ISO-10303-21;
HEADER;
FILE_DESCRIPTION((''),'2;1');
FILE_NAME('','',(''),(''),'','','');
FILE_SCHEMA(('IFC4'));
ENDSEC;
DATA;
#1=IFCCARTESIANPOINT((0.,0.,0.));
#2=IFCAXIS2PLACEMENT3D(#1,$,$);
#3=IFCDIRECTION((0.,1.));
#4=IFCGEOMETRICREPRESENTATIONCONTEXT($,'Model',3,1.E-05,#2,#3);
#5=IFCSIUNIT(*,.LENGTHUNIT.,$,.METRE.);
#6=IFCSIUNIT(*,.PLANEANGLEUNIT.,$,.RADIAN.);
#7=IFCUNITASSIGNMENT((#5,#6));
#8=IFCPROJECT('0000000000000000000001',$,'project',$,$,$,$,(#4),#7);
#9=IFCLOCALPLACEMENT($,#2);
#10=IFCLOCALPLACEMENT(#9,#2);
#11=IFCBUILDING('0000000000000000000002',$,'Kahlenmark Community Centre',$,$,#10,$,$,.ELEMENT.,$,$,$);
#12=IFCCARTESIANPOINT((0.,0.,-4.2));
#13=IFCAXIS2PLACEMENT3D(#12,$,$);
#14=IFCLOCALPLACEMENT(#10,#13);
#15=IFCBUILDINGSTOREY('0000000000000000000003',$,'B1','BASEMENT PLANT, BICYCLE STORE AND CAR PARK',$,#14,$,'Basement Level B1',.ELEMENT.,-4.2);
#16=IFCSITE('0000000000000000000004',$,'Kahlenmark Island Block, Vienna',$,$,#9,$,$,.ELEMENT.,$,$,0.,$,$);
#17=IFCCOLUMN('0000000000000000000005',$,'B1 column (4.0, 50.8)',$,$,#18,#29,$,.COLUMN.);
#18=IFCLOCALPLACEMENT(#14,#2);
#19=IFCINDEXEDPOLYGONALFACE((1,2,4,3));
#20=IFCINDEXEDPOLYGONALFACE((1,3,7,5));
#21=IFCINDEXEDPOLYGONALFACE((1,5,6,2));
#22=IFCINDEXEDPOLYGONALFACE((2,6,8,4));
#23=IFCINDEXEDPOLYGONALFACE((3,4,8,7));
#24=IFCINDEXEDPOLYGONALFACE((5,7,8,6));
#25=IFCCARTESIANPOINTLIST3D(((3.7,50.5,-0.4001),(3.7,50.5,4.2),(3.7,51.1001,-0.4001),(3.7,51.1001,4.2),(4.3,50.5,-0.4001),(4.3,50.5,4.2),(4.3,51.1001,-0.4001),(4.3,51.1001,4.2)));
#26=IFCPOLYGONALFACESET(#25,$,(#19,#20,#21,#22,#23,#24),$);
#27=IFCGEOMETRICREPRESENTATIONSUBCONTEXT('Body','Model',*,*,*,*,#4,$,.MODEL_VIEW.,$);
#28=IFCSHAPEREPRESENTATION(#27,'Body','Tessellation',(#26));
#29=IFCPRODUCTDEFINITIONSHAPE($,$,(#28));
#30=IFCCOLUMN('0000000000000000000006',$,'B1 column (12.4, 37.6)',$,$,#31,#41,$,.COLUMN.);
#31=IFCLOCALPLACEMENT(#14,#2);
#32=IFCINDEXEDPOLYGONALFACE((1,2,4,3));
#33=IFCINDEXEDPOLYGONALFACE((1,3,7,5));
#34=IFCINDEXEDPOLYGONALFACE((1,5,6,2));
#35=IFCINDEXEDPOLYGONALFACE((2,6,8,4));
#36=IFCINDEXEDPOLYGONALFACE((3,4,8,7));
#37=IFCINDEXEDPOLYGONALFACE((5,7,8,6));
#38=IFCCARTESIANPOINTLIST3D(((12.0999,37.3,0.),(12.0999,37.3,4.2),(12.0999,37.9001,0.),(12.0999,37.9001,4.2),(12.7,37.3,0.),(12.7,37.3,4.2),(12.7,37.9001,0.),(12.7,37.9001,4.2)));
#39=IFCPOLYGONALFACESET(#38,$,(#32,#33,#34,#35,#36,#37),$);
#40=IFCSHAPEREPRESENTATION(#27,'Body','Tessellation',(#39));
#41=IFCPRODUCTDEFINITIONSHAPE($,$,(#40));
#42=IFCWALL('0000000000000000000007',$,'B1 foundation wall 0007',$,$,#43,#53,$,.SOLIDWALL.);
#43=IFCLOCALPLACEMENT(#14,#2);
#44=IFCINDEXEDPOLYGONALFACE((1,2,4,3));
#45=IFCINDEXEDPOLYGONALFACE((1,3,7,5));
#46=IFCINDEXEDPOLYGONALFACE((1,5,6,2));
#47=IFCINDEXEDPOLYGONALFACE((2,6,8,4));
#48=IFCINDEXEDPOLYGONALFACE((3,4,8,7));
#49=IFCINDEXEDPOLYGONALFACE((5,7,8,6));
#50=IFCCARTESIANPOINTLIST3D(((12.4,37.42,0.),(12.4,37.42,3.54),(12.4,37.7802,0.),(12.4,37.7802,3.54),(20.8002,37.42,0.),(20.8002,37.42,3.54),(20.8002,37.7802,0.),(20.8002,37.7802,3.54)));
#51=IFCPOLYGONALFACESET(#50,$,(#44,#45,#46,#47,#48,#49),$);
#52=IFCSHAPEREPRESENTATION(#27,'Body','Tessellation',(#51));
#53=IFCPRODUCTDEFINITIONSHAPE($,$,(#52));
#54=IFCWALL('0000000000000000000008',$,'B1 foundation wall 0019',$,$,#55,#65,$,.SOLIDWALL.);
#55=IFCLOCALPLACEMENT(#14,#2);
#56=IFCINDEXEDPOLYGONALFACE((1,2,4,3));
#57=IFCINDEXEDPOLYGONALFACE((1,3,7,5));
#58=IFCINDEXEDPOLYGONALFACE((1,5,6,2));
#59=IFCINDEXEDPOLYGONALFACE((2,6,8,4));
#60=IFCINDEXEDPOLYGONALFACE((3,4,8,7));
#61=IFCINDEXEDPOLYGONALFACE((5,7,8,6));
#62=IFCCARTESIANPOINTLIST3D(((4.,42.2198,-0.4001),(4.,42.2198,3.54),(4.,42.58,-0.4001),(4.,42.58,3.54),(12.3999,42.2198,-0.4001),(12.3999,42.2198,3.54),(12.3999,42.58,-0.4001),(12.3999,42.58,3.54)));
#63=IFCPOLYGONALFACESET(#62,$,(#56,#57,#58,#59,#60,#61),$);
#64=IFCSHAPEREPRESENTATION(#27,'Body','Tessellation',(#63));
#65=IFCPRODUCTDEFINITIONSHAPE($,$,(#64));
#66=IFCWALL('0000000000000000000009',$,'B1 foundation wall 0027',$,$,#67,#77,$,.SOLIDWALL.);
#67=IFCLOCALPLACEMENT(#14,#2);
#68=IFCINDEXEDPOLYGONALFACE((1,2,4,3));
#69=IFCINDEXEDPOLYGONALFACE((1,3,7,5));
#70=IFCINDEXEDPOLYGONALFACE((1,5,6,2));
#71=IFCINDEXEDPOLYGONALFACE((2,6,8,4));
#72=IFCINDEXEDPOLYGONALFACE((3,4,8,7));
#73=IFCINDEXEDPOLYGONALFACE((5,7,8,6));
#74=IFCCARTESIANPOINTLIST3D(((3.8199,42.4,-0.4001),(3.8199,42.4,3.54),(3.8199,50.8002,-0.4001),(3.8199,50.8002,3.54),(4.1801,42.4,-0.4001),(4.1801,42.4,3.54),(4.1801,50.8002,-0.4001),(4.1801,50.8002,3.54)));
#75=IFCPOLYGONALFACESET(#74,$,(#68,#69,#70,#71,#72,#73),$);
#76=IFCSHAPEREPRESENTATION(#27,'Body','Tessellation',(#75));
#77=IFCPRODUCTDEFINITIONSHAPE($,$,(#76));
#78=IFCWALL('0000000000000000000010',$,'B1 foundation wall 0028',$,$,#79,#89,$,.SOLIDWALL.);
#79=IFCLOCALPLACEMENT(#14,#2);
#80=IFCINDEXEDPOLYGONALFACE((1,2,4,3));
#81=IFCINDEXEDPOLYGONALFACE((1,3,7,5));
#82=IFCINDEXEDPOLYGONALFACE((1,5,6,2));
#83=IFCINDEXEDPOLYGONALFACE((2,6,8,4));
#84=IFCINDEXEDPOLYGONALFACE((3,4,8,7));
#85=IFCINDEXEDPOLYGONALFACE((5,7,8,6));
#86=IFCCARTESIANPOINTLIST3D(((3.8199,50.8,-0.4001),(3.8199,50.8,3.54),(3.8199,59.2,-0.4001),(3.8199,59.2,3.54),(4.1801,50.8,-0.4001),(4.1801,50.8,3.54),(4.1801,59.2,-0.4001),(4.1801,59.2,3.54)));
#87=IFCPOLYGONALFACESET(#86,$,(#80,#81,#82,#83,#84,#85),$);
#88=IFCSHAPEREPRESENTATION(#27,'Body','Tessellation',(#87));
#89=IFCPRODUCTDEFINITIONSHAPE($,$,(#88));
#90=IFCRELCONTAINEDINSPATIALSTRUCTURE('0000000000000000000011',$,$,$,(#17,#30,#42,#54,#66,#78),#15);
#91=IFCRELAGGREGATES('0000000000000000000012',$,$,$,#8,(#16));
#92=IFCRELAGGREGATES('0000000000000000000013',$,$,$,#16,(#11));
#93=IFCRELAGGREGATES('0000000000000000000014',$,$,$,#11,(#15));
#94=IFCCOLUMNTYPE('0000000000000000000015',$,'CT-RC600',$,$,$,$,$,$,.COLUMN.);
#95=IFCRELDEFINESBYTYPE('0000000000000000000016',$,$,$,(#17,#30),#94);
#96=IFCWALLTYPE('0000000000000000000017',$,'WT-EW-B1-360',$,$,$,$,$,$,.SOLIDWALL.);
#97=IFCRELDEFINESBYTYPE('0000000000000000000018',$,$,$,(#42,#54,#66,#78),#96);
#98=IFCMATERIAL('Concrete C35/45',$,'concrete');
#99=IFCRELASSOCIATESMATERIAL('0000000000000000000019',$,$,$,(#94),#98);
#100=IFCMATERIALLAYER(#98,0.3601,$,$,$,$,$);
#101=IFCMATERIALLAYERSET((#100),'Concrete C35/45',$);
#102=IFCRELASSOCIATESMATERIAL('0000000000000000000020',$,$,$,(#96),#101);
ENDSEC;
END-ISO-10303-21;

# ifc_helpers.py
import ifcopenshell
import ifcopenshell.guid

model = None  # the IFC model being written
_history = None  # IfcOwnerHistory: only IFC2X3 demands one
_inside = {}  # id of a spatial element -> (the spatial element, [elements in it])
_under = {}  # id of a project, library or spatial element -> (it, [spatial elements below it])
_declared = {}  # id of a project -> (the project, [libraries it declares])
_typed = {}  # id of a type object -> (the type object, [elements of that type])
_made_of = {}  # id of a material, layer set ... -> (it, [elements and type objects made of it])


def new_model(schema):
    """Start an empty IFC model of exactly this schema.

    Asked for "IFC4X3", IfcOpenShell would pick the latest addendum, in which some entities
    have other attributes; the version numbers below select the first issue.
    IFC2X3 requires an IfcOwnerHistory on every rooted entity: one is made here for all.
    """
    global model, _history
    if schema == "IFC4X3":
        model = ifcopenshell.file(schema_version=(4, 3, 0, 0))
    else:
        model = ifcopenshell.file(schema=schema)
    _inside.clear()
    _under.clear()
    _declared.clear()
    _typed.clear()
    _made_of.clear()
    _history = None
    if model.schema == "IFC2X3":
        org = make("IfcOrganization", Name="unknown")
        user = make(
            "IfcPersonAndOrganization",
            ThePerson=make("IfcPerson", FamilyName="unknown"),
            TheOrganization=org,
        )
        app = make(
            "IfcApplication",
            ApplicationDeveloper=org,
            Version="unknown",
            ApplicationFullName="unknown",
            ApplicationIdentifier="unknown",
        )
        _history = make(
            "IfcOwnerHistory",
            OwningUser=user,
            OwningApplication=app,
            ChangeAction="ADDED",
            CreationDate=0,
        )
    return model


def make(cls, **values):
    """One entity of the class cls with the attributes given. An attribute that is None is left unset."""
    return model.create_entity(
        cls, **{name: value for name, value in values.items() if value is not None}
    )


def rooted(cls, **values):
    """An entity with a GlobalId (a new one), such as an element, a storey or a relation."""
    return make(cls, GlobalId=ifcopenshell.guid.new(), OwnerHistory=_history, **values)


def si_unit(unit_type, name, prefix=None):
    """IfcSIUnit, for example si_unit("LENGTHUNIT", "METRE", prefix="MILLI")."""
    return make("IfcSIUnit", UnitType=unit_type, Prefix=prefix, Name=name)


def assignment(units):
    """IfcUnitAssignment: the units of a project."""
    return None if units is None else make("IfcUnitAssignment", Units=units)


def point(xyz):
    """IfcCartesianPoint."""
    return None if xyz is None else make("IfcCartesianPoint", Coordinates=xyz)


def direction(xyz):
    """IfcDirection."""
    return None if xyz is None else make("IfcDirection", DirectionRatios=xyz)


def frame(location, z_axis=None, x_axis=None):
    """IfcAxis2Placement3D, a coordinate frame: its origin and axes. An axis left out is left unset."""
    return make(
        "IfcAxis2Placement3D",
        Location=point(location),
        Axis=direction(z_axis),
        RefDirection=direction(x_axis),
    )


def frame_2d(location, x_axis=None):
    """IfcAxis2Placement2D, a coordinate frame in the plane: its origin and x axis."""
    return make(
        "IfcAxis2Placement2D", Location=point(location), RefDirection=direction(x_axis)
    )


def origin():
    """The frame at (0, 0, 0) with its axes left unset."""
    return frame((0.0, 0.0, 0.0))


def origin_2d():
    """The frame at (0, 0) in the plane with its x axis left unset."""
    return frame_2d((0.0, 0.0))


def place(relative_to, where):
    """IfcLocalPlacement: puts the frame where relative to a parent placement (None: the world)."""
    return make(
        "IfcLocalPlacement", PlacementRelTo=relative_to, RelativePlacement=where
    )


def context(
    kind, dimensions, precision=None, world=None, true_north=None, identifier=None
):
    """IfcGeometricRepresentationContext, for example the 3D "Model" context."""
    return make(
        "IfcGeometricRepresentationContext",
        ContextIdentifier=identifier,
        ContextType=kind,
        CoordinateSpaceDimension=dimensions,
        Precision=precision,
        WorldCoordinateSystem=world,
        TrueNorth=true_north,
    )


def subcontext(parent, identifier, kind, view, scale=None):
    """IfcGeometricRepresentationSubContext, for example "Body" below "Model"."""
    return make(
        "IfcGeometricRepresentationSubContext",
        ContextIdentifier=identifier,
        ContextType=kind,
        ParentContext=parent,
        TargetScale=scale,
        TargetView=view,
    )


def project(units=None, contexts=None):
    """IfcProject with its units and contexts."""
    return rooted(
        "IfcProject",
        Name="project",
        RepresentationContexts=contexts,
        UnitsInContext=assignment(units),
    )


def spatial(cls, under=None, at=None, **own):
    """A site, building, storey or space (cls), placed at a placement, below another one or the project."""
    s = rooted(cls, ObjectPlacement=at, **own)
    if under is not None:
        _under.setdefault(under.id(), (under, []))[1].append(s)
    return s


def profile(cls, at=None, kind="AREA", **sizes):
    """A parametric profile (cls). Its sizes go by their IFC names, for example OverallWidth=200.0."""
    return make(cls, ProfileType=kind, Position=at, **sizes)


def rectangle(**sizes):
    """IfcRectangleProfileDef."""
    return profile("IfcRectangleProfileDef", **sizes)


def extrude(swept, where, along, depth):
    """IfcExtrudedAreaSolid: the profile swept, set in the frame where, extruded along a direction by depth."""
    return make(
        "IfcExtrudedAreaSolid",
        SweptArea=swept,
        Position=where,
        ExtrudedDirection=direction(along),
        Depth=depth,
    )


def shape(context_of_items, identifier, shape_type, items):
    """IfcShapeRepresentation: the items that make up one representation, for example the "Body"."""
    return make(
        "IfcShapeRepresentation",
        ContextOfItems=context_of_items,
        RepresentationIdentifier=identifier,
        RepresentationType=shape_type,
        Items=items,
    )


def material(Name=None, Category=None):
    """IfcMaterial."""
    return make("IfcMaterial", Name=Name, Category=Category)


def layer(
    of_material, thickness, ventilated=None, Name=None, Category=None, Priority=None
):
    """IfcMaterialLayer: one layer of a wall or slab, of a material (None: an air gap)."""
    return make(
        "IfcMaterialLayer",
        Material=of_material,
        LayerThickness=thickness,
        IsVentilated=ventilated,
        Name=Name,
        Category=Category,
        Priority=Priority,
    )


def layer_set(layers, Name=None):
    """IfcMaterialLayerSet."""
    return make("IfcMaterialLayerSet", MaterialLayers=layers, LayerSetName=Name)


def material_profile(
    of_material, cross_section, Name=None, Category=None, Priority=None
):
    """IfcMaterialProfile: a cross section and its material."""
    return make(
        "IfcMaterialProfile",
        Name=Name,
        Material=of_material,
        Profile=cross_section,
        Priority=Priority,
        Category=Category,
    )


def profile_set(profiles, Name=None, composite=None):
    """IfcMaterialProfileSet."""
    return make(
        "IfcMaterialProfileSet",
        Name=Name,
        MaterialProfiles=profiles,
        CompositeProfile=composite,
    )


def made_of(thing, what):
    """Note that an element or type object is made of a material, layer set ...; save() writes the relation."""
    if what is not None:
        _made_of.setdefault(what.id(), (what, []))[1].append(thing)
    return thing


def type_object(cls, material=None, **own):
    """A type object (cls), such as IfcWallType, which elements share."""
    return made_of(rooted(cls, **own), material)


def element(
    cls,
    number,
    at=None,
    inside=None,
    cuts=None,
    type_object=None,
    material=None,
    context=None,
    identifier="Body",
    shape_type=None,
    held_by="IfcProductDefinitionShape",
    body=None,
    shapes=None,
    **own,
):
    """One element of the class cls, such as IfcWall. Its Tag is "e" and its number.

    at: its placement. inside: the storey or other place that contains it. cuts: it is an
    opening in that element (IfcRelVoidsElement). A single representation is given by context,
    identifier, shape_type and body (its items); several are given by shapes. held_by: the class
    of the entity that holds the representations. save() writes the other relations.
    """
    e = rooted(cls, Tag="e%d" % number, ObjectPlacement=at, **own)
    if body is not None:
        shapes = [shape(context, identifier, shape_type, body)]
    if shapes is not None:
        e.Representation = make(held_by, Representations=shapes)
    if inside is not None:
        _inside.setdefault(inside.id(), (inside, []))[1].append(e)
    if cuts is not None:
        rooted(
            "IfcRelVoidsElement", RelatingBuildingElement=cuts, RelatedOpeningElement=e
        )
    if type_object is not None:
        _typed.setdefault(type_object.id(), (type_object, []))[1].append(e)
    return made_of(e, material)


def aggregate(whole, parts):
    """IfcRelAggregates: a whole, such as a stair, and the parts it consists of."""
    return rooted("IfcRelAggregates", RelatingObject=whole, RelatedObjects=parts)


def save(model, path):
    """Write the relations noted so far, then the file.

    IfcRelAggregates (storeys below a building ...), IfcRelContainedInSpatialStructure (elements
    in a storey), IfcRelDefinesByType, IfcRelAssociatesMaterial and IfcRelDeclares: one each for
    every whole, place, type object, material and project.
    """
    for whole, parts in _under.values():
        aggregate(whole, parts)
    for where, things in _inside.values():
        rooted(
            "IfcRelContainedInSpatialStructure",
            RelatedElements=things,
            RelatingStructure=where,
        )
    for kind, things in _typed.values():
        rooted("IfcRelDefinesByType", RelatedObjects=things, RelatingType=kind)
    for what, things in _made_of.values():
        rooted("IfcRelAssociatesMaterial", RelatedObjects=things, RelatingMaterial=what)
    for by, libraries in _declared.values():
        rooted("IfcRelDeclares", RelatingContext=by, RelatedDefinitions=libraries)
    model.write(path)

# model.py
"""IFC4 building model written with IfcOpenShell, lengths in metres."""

from ifc_helpers import new_model, si_unit, direction, frame, frame_2d, origin, origin_2d, place, context, subcontext, project, spatial, rectangle, extrude, material, layer, layer_set, material_profile, profile_set, type_object, element, save


model = new_model("IFC4")

# Units and contexts
model_context = context("Model", 3, precision=1e-05, world=origin(), true_north=direction((0.0, 1.0)))
body_context = subcontext(model_context, "Body", "Model", "MODEL_VIEW")
ifc_project = project(units=[si_unit("LENGTHUNIT", "METRE"), si_unit("PLANEANGLEUNIT", "RADIAN")], contexts=[model_context])

# Site, building, storey
site_placement = place(None, origin())
site = spatial("IfcSite", under=ifc_project, at=site_placement, Name="Kahlenmark Island Block, Vienna", CompositionType="ELEMENT", RefElevation=0.0)
building_placement = place(site_placement, origin())
building = spatial("IfcBuilding", under=site, at=building_placement, Name="Kahlenmark Community Centre", CompositionType="ELEMENT")
storey_placement = place(building_placement, frame((0.0, 0.0, -4.2)))
storey = spatial("IfcBuildingStorey", under=building, at=storey_placement, Name="B1", Description="BASEMENT PLANT, BICYCLE STORE AND CAR PARK", LongName="Basement Level B1", CompositionType="ELEMENT", Elevation=-4.2)

# Columns
ifc_material_1 = material(Name="Concrete C35/45", Category="concrete")
ifc_material_profile_1 = material_profile(ifc_material_1, rectangle(XDim=0.6001, YDim=0.6001, at=origin_2d()), Name="RC 600x600")
ifc_profile_set_1 = profile_set([ifc_material_profile_1], Name="Concrete C35/45")
column_type = type_object("IfcColumnType", Name="CT-RC600", PredefinedType="COLUMN", material=ifc_profile_set_1)
for number, where, z_axis, x_axis, name in (
    (1, (4.0, 50.8, -0.4001), (0.0, 0.0, 1.0), (1.0, 0.0, 0.0), "B1 column (4.0, 50.8)"),
):
    element("IfcColumn", number, at=place(storey_placement, frame(where, z_axis=z_axis, x_axis=x_axis)), inside=storey, type_object=column_type, Name=name, PredefinedType="COLUMN", context=body_context, shape_type="SweptSolid", body=[
        extrude(rectangle(XDim=0.6001, YDim=0.6001, at=origin_2d()), origin(), (0.0, 0.0, 1.0), 4.6001),
    ])
column_placement = place(storey_placement, frame((12.3999, 37.6001, 0.0), z_axis=(0.0, 0.0, 1.0), x_axis=(1.0, 0.0, 0.0)))
element("IfcColumn", 2, at=column_placement, inside=storey, type_object=column_type, Name="B1 column (12.4, 37.6)", PredefinedType="COLUMN", context=body_context, shape_type="SweptSolid", body=[
    extrude(rectangle(XDim=0.6001, YDim=0.6001, at=origin_2d()), origin(), (0.0, 0.0, 1.0), 4.2),
])

# Walls
ifc_layer = layer(ifc_material_1, 0.3601)
ifc_layer_set = layer_set([ifc_layer], Name="Concrete C35/45")
wall_type = type_object("IfcWallType", Name="WT-EW-B1-360", PredefinedType="SOLIDWALL", material=ifc_layer_set)
wall_1_placement = place(storey_placement, frame((12.3999, 37.6001, 0.0), z_axis=(0.0, 0.0, 1.0), x_axis=(1.0, 0.0, 0.0)))
element("IfcWall", 3, at=wall_1_placement, inside=storey, type_object=wall_type, Name="B1 foundation wall 0007", PredefinedType="SOLIDWALL", context=body_context, shape_type="SweptSolid", body=[
    extrude(rectangle(XDim=8.4001, YDim=0.3601, at=frame_2d((4.2002, 0.0))), origin(), (0.0, 0.0, 1.0), 3.54),
])
wall_2_placement = place(storey_placement, frame((4.0, 42.3999, -0.4001), z_axis=(0.0, 0.0, 1.0), x_axis=(1.0, 0.0, 0.0)))
element("IfcWall", 4, at=wall_2_placement, inside=storey, type_object=wall_type, Name="B1 foundation wall 0019", PredefinedType="SOLIDWALL", context=body_context, shape_type="SweptSolid", body=[
    extrude(rectangle(XDim=8.3999, YDim=0.3601, at=frame_2d((4.2, 0.0))), origin(), (0.0, 0.0, 1.0), 3.9402),
])
wall_3_placement = place(storey_placement, frame((4.0, 42.3999, -0.4001), z_axis=(0.0, 0.0, 1.0), x_axis=(0.0, 1.0, 0.0)))
element("IfcWall", 5, at=wall_3_placement, inside=storey, type_object=wall_type, Name="B1 foundation wall 0027", PredefinedType="SOLIDWALL", context=body_context, shape_type="SweptSolid", body=[
    extrude(rectangle(XDim=8.4001, YDim=0.3601, at=frame_2d((4.2002, 0.0))), origin(), (0.0, 0.0, 1.0), 3.9402),
])
wall_4_placement = place(storey_placement, frame((4.0, 50.8, -0.4001), z_axis=(0.0, 0.0, 1.0), x_axis=(0.0, 1.0, 0.0)))
element("IfcWall", 6, at=wall_4_placement, inside=storey, type_object=wall_type, Name="B1 foundation wall 0028", PredefinedType="SOLIDWALL", context=body_context, shape_type="SweptSolid", body=[
    extrude(rectangle(XDim=8.3999, YDim=0.3601, at=frame_2d((4.2, 0.0))), origin(), (0.0, 0.0, 1.0), 3.9402),
])

save(model, "model.ifc")
